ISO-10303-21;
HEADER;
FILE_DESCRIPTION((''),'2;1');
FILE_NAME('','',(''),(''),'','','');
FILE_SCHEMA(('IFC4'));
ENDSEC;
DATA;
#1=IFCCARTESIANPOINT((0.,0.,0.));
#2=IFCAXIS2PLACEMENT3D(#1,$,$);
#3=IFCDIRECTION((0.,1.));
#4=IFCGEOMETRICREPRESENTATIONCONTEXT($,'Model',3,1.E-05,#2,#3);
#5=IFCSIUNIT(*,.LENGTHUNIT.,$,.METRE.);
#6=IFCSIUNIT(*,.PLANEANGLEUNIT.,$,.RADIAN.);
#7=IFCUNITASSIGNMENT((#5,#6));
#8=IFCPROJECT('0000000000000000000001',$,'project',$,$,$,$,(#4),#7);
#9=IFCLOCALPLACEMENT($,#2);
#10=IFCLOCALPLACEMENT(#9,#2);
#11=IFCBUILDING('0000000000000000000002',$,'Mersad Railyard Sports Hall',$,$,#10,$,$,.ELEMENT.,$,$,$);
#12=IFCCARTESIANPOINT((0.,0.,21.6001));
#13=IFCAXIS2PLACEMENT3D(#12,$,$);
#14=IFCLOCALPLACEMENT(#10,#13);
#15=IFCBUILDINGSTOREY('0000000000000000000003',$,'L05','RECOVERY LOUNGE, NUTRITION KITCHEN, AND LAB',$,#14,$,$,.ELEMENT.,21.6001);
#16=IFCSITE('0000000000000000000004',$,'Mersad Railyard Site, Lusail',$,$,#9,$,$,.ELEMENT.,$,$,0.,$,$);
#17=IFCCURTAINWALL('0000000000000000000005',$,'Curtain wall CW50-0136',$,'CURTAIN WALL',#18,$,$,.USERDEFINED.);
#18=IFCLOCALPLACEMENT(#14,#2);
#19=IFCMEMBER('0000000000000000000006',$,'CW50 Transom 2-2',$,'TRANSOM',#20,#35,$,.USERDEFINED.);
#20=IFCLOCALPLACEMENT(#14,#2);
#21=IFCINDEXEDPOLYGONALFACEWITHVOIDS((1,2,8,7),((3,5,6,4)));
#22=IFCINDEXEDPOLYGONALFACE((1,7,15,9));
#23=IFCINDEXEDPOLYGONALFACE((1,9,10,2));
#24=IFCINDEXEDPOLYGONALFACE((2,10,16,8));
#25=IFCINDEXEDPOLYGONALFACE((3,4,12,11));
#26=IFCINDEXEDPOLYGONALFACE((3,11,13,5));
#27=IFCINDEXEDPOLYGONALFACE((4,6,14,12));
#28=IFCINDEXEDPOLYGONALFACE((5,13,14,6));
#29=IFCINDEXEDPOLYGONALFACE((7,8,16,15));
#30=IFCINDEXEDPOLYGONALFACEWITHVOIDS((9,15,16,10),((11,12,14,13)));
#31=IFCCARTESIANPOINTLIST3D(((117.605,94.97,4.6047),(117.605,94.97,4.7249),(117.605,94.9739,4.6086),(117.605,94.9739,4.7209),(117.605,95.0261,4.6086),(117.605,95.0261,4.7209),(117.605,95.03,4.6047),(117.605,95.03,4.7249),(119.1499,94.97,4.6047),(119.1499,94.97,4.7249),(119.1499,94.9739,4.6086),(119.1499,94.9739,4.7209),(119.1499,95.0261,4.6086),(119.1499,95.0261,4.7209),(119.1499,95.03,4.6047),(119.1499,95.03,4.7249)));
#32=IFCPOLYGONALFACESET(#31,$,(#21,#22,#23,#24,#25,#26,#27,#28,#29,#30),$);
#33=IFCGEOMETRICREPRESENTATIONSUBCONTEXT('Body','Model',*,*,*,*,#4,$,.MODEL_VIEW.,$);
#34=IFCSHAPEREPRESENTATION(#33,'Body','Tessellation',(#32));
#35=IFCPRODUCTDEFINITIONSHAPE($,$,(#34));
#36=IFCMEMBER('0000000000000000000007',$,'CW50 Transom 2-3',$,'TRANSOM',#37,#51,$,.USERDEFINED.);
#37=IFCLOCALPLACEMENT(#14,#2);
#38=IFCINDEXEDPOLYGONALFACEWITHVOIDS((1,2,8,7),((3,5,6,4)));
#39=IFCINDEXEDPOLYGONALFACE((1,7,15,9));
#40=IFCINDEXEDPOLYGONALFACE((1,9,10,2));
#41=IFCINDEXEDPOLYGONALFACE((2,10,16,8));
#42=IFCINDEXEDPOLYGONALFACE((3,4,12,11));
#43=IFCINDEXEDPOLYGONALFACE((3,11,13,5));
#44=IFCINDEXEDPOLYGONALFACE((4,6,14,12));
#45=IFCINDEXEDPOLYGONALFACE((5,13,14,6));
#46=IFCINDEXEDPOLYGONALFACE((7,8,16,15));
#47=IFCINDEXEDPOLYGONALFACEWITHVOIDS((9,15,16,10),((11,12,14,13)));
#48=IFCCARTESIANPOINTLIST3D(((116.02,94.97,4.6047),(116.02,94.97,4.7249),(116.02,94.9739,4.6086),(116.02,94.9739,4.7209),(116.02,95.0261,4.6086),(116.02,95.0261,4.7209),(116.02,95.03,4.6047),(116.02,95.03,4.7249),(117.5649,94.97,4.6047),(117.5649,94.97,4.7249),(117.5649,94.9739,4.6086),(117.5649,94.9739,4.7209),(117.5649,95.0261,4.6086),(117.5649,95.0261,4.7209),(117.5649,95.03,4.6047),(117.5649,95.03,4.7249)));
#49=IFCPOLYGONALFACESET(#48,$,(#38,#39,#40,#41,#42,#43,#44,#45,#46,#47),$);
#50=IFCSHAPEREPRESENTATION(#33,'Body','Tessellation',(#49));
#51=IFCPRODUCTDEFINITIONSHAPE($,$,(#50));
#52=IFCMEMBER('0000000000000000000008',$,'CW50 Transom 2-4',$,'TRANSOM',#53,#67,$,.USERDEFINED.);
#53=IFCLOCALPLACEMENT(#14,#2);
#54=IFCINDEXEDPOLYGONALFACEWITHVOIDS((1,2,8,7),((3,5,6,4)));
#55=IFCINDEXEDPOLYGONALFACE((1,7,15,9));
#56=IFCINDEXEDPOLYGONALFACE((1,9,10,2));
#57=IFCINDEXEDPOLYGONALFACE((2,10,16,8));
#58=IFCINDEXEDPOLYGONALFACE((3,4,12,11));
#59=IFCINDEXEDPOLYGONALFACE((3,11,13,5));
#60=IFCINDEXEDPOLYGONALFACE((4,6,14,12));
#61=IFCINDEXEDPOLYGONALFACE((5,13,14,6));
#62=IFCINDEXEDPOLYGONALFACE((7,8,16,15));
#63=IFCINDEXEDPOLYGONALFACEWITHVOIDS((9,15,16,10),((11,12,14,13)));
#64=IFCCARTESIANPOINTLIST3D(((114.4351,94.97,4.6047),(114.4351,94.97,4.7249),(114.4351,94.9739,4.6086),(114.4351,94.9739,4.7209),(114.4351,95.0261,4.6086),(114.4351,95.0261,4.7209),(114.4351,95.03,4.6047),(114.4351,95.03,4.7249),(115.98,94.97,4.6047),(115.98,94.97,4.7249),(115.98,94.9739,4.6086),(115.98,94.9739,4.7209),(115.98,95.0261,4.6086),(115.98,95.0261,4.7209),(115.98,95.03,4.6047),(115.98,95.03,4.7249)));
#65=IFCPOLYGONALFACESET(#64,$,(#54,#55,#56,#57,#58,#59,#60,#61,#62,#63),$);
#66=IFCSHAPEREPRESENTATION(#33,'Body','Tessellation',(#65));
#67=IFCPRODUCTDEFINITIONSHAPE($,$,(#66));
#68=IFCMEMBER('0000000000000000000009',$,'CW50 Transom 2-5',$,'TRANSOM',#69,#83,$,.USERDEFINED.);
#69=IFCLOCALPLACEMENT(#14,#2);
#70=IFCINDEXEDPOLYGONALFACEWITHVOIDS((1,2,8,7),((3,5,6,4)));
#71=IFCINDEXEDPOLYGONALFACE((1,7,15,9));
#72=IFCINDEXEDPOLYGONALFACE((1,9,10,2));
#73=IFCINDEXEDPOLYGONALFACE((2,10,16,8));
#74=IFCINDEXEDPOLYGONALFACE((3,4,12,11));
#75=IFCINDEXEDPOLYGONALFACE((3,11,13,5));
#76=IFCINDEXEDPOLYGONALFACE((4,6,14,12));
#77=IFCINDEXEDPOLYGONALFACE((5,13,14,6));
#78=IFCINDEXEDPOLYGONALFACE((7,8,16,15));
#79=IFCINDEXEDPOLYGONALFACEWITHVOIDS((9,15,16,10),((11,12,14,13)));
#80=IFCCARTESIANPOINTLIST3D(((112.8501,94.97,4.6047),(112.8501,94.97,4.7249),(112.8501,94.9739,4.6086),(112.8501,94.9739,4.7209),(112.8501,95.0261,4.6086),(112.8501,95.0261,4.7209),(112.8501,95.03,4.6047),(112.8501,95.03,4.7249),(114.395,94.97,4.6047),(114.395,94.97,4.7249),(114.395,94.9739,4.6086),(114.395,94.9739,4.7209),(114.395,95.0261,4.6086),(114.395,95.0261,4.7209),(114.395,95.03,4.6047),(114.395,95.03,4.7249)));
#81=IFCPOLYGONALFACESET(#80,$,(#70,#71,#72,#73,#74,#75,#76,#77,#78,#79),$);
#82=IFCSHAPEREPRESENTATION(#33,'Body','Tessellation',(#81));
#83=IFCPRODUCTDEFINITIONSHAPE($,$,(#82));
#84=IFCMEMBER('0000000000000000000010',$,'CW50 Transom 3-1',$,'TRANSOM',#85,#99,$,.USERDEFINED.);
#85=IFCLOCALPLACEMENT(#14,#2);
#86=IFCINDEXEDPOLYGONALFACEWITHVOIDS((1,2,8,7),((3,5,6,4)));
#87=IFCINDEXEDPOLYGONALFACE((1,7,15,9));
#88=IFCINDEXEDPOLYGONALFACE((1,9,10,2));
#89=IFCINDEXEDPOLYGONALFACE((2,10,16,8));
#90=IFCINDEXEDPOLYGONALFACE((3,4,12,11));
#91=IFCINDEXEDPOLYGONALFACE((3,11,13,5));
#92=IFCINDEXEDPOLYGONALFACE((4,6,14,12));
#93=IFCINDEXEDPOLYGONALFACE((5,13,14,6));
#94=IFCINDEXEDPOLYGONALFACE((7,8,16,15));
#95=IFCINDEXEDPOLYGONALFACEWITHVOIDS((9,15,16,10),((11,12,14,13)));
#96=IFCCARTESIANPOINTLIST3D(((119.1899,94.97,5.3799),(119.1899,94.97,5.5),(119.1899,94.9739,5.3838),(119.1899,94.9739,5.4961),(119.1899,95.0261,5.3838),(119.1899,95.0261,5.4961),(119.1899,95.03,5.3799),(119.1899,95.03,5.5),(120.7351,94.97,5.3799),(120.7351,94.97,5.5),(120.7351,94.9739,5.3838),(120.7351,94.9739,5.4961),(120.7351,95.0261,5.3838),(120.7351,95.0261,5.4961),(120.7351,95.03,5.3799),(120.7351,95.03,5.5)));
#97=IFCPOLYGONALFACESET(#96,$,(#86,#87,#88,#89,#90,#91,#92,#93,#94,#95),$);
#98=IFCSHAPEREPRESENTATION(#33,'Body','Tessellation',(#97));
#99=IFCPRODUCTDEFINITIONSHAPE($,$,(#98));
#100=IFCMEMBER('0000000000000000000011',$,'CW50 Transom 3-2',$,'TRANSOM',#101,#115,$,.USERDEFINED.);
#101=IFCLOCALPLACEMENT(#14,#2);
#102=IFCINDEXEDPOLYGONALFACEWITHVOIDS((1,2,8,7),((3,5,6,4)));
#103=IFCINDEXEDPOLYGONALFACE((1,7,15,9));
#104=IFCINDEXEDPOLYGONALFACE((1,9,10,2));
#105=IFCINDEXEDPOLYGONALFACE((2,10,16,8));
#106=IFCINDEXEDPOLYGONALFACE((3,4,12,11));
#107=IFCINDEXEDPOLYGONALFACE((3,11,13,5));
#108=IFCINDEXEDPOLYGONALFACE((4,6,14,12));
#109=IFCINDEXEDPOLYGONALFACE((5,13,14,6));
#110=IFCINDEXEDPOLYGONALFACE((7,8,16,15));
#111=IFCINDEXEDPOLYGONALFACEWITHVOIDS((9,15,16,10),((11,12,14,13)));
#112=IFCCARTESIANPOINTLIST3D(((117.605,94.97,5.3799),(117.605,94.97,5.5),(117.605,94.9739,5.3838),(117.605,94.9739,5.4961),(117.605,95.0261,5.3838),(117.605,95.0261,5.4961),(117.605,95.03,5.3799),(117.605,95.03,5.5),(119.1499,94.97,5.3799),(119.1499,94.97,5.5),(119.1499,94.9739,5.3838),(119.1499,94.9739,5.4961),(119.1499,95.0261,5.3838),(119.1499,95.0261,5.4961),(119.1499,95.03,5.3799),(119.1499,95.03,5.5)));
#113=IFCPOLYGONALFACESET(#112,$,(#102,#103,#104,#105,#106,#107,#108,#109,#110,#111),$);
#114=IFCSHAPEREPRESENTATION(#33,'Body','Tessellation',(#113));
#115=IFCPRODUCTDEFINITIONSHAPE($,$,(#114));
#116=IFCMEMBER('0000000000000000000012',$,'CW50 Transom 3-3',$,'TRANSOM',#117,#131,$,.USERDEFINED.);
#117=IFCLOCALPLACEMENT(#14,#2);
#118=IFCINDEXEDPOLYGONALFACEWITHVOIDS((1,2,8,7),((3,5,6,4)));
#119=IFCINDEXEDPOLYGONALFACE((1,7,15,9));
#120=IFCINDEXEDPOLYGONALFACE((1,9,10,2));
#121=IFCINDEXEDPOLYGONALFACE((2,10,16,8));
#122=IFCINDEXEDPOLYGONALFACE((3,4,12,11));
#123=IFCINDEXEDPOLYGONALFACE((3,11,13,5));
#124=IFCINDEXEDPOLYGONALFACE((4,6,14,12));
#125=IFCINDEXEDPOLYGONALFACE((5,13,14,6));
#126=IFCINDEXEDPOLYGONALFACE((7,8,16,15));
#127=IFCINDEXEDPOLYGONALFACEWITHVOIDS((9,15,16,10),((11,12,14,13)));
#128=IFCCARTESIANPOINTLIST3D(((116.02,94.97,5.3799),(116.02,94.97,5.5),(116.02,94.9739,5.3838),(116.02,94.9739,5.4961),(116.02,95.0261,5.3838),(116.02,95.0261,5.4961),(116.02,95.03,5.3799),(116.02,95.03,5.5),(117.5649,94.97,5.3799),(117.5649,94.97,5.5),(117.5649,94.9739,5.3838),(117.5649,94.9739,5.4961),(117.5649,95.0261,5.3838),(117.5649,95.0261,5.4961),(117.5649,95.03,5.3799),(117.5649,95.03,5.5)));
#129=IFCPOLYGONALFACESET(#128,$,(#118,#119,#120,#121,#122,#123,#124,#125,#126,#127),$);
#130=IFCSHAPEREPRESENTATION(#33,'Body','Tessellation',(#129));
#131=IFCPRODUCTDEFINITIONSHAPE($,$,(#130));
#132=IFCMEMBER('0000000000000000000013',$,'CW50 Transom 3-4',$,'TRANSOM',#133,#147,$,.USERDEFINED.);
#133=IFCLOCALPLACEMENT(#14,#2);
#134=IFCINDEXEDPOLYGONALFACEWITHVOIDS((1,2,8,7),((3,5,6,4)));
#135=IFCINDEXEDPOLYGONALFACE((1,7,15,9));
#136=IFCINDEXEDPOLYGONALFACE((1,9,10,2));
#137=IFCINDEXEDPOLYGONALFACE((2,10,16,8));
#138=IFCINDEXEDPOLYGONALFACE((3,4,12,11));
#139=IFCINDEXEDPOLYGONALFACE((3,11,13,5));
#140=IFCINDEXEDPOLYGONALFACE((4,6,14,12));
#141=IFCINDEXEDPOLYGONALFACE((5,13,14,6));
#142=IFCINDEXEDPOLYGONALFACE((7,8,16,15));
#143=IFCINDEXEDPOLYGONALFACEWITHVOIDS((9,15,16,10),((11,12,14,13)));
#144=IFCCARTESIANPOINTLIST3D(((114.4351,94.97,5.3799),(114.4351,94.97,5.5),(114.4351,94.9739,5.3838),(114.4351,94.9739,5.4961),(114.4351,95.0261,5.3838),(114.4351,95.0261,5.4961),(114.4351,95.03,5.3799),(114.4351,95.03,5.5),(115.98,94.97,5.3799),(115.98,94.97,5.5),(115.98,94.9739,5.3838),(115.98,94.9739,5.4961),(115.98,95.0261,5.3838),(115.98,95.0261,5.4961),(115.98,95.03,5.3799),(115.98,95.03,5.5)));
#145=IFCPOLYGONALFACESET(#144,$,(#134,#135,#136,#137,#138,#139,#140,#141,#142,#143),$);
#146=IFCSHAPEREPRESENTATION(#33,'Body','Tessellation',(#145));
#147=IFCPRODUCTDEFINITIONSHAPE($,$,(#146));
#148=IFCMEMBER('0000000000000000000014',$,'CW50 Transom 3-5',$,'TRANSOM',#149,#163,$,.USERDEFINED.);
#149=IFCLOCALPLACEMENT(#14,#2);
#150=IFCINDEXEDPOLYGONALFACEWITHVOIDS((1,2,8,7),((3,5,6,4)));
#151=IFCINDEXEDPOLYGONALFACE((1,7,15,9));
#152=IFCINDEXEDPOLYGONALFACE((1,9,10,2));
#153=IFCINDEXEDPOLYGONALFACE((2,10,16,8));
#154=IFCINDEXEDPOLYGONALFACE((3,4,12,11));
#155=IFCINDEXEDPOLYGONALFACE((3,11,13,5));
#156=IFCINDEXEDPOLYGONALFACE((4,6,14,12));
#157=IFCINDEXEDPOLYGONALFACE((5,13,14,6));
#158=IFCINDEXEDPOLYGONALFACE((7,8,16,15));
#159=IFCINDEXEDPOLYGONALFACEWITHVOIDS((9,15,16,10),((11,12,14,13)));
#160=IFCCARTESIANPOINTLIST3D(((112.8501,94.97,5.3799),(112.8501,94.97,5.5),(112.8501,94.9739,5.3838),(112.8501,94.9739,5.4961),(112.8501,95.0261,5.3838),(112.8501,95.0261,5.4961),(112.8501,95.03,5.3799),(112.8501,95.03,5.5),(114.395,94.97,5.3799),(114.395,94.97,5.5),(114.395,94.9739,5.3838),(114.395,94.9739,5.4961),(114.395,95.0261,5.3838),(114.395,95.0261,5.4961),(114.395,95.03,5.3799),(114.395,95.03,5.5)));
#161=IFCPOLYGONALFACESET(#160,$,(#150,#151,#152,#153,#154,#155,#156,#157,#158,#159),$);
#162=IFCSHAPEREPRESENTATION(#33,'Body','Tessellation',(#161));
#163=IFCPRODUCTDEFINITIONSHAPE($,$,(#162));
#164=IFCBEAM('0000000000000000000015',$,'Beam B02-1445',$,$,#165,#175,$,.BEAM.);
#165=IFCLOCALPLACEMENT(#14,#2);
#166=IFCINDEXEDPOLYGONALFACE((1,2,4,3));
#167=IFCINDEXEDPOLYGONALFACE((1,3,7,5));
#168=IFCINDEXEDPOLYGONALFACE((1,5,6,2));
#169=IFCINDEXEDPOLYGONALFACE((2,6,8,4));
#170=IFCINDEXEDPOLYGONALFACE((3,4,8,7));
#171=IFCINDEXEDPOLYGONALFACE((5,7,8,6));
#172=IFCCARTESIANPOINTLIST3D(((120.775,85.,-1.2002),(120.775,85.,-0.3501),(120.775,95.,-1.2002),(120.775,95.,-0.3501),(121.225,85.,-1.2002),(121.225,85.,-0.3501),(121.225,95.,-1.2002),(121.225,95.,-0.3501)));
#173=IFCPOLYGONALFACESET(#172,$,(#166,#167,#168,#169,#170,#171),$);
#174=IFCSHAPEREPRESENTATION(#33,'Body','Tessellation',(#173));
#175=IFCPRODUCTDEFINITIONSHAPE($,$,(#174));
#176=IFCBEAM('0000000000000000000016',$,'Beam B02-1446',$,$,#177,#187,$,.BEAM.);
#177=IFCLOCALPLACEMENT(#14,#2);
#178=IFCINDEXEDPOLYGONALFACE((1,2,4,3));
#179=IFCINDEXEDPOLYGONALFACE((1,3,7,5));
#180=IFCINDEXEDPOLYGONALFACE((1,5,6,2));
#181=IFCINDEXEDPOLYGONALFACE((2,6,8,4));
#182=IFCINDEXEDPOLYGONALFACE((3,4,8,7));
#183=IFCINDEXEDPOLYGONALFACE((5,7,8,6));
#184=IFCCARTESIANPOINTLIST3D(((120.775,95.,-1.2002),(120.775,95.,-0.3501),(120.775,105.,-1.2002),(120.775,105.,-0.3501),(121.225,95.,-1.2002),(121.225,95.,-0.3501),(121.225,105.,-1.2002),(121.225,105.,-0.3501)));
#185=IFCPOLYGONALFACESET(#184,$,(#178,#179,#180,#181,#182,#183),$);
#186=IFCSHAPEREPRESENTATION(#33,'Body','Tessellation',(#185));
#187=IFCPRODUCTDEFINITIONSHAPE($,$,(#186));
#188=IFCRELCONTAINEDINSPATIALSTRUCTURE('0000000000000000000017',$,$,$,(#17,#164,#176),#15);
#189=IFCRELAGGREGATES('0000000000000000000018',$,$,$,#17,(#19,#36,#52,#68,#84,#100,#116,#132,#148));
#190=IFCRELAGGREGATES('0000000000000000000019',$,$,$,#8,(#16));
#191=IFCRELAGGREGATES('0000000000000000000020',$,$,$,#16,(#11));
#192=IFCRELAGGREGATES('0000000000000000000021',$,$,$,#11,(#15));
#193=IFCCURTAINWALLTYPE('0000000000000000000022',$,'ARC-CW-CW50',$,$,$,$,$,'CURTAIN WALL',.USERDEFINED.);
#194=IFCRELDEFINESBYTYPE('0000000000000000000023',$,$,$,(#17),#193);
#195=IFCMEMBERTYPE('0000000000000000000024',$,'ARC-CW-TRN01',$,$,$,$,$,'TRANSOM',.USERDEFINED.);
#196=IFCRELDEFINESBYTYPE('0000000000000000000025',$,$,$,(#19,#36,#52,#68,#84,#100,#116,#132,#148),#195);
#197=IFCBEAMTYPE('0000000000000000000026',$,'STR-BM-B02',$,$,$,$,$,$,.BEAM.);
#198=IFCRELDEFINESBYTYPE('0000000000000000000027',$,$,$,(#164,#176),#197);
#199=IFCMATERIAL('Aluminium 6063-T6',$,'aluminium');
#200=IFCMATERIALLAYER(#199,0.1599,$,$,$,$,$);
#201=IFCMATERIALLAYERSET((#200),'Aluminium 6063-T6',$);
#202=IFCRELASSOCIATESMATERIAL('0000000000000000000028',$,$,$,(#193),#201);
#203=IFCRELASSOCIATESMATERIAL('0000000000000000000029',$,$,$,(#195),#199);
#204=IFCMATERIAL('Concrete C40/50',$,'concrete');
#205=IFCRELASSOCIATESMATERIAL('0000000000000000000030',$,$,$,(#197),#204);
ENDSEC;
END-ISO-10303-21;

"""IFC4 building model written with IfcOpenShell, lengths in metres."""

from ifc_helpers import new_model, si_unit, direction, frame, origin, origin_2d, place, context, subcontext, project, spatial, rectangle, hollow_rectangle, extrude, material, layer, layer_set, material_profile, profile_set, type_object, element, aggregate, save


model = new_model("IFC4")

# Units and contexts
model_context = context("Model", 3, precision=1e-05, world=origin(), true_north=direction((0.0, 1.0)))
body_context = subcontext(model_context, "Body", "Model", "MODEL_VIEW")
ifc_project = project(units=[si_unit("LENGTHUNIT", "METRE"), si_unit("PLANEANGLEUNIT", "RADIAN")], contexts=[model_context])

# Site, building, storey
site_placement = place(None, origin())
site = spatial("IfcSite", under=ifc_project, at=site_placement, Name="Mersad Railyard Site, Lusail", CompositionType="ELEMENT", RefElevation=0.0)
building_placement = place(site_placement, origin())
building = spatial("IfcBuilding", under=site, at=building_placement, Name="Mersad Railyard Sports Hall", CompositionType="ELEMENT")
storey_placement = place(building_placement, frame((0.0, 0.0, 21.6001)))
storey = spatial("IfcBuildingStorey", under=building, at=storey_placement, Name="L05", Description="RECOVERY LOUNGE, NUTRITION KITCHEN, AND LAB", CompositionType="ELEMENT", Elevation=21.6001)

# Shared definitions
ifc_material_1 = material(Name="Concrete C40/50", Category="concrete")

# Curtain wall, members
ifc_material_2 = material(Name="Aluminium 6063-T6", Category="aluminium")
ifc_layer_1 = layer(ifc_material_2, 0.1599)
ifc_layer_set_1 = layer_set([ifc_layer_1], Name="Aluminium 6063-T6")
curtain_wall_type = type_object("IfcCurtainWallType", Name="ARC-CW-CW50", ElementType="CURTAIN WALL", PredefinedType="USERDEFINED", material=ifc_layer_set_1)
curtain_wall_placement = place(storey_placement, origin())
curtain_wall = element("IfcCurtainWall", 1, at=curtain_wall_placement, inside=storey, type_object=curtain_wall_type, Name="Curtain wall CW50-0136", ObjectType="CURTAIN WALL", PredefinedType="USERDEFINED")
ifc_material_profile_1 = material_profile(ifc_material_2, hollow_rectangle(XDim=0.0601, YDim=0.1201, WallThickness=0.0039, at=origin_2d()), Name="AL TRANSOM 60x120x4")
ifc_profile_set_1 = profile_set([ifc_material_profile_1], Name="Aluminium 6063-T6")
member_type_1 = type_object("IfcMemberType", Name="ARC-CW-TRN01", ElementType="TRANSOM", PredefinedType="USERDEFINED", material=ifc_profile_set_1)
member_1_placement = place(storey_placement, frame((119.1499, 95.0, 4.6648), z_axis=(-1.0, 0.0, 0.0), x_axis=(0.0, -1.0, 0.0)))
member_1 = element("IfcMember", 2, at=member_1_placement, type_object=member_type_1, Name="CW50 Transom 2-2", ObjectType="TRANSOM", PredefinedType="USERDEFINED", context=body_context, shape_type="SweptSolid", body=[
    extrude(hollow_rectangle(XDim=0.0601, YDim=0.1201, WallThickness=0.0039, at=origin_2d()), origin(), (0.0, 0.0, 1.0), 1.5449),
])
member_2_placement = place(storey_placement, frame((117.5649, 95.0, 4.6648), z_axis=(-1.0, 0.0, 0.0), x_axis=(0.0, -1.0, 0.0)))
member_2 = element("IfcMember", 3, at=member_2_placement, type_object=member_type_1, Name="CW50 Transom 2-3", ObjectType="TRANSOM", PredefinedType="USERDEFINED", context=body_context, shape_type="SweptSolid", body=[
    extrude(hollow_rectangle(XDim=0.0601, YDim=0.1201, WallThickness=0.0039, at=origin_2d()), origin(), (0.0, 0.0, 1.0), 1.5449),
])
member_3_placement = place(storey_placement, frame((115.98, 95.0, 4.6648), z_axis=(-1.0, 0.0, 0.0), x_axis=(0.0, -1.0, 0.0)))
member_3 = element("IfcMember", 4, at=member_3_placement, type_object=member_type_1, Name="CW50 Transom 2-4", ObjectType="TRANSOM", PredefinedType="USERDEFINED", context=body_context, shape_type="SweptSolid", body=[
    extrude(hollow_rectangle(XDim=0.0601, YDim=0.1201, WallThickness=0.0039, at=origin_2d()), origin(), (0.0, 0.0, 1.0), 1.5449),
])
member_4_placement = place(storey_placement, frame((114.395, 95.0, 4.6648), z_axis=(-1.0, 0.0, 0.0), x_axis=(0.0, -1.0, 0.0)))
member_4 = element("IfcMember", 5, at=member_4_placement, type_object=member_type_1, Name="CW50 Transom 2-5", ObjectType="TRANSOM", PredefinedType="USERDEFINED", context=body_context, shape_type="SweptSolid", body=[
    extrude(hollow_rectangle(XDim=0.0601, YDim=0.1201, WallThickness=0.0039, at=origin_2d()), origin(), (0.0, 0.0, 1.0), 1.5449),
])
member_5_placement = place(storey_placement, frame((120.7351, 95.0, 5.4399), z_axis=(-1.0, 0.0, 0.0), x_axis=(0.0, -1.0, 0.0)))
member_5 = element("IfcMember", 6, at=member_5_placement, type_object=member_type_1, Name="CW50 Transom 3-1", ObjectType="TRANSOM", PredefinedType="USERDEFINED", context=body_context, shape_type="SweptSolid", body=[
    extrude(hollow_rectangle(XDim=0.0601, YDim=0.1201, WallThickness=0.0039, at=origin_2d()), origin(), (0.0, 0.0, 1.0), 1.5452),
])
member_6_placement = place(storey_placement, frame((119.1499, 95.0, 5.4399), z_axis=(-1.0, 0.0, 0.0), x_axis=(0.0, -1.0, 0.0)))
member_6 = element("IfcMember", 7, at=member_6_placement, type_object=member_type_1, Name="CW50 Transom 3-2", ObjectType="TRANSOM", PredefinedType="USERDEFINED", context=body_context, shape_type="SweptSolid", body=[
    extrude(hollow_rectangle(XDim=0.0601, YDim=0.1201, WallThickness=0.0039, at=origin_2d()), origin(), (0.0, 0.0, 1.0), 1.5449),
])
member_7_placement = place(storey_placement, frame((117.5649, 95.0, 5.4399), z_axis=(-1.0, 0.0, 0.0), x_axis=(0.0, -1.0, 0.0)))
member_7 = element("IfcMember", 8, at=member_7_placement, type_object=member_type_1, Name="CW50 Transom 3-3", ObjectType="TRANSOM", PredefinedType="USERDEFINED", context=body_context, shape_type="SweptSolid", body=[
    extrude(hollow_rectangle(XDim=0.0601, YDim=0.1201, WallThickness=0.0039, at=origin_2d()), origin(), (0.0, 0.0, 1.0), 1.5449),
])
member_8_placement = place(storey_placement, frame((115.98, 95.0, 5.4399), z_axis=(-1.0, 0.0, 0.0), x_axis=(0.0, -1.0, 0.0)))
member_8 = element("IfcMember", 9, at=member_8_placement, type_object=member_type_1, Name="CW50 Transom 3-4", ObjectType="TRANSOM", PredefinedType="USERDEFINED", context=body_context, shape_type="SweptSolid", body=[
    extrude(hollow_rectangle(XDim=0.0601, YDim=0.1201, WallThickness=0.0039, at=origin_2d()), origin(), (0.0, 0.0, 1.0), 1.5449),
])
member_9_placement = place(storey_placement, frame((114.395, 95.0, 5.4399), z_axis=(-1.0, 0.0, 0.0), x_axis=(0.0, -1.0, 0.0)))
member_9 = element("IfcMember", 10, at=member_9_placement, type_object=member_type_1, Name="CW50 Transom 3-5", ObjectType="TRANSOM", PredefinedType="USERDEFINED", context=body_context, shape_type="SweptSolid", body=[
    extrude(hollow_rectangle(XDim=0.0601, YDim=0.1201, WallThickness=0.0039, at=origin_2d()), origin(), (0.0, 0.0, 1.0), 1.5449),
])

# Beams
ifc_material_profile_2 = material_profile(ifc_material_1, rectangle(XDim=0.45, YDim=0.8501, at=origin_2d()), Name="RC 450x850")
ifc_profile_set_2 = profile_set([ifc_material_profile_2], Name="Concrete C40/50")
beam_type_1 = type_object("IfcBeamType", Name="STR-BM-B02", PredefinedType="BEAM", material=ifc_profile_set_2)
for number, where, z_axis, x_axis, name in (
    (11, (121.0, 85.0, -0.7751), (0.0, 1.0, 0.0), (-1.0, 0.0, 0.0), "Beam B02-1445"),
    (12, (121.0, 95.0, -0.7751), (0.0, 1.0, 0.0), (-1.0, 0.0, 0.0), "Beam B02-1446"),
):
    element("IfcBeam", number, at=place(storey_placement, frame(where, z_axis=z_axis, x_axis=x_axis)), inside=storey, type_object=beam_type_1, Name=name, PredefinedType="BEAM", context=body_context, shape_type="SweptSolid", body=[
        extrude(rectangle(XDim=0.45, YDim=0.8501, at=origin_2d()), origin(), (0.0, 0.0, 1.0), 10.0),
    ])

aggregate(curtain_wall, [member_1, member_2, member_3, member_4, member_5, member_6, member_7, member_8, member_9])

save(model, "model.ifc")
